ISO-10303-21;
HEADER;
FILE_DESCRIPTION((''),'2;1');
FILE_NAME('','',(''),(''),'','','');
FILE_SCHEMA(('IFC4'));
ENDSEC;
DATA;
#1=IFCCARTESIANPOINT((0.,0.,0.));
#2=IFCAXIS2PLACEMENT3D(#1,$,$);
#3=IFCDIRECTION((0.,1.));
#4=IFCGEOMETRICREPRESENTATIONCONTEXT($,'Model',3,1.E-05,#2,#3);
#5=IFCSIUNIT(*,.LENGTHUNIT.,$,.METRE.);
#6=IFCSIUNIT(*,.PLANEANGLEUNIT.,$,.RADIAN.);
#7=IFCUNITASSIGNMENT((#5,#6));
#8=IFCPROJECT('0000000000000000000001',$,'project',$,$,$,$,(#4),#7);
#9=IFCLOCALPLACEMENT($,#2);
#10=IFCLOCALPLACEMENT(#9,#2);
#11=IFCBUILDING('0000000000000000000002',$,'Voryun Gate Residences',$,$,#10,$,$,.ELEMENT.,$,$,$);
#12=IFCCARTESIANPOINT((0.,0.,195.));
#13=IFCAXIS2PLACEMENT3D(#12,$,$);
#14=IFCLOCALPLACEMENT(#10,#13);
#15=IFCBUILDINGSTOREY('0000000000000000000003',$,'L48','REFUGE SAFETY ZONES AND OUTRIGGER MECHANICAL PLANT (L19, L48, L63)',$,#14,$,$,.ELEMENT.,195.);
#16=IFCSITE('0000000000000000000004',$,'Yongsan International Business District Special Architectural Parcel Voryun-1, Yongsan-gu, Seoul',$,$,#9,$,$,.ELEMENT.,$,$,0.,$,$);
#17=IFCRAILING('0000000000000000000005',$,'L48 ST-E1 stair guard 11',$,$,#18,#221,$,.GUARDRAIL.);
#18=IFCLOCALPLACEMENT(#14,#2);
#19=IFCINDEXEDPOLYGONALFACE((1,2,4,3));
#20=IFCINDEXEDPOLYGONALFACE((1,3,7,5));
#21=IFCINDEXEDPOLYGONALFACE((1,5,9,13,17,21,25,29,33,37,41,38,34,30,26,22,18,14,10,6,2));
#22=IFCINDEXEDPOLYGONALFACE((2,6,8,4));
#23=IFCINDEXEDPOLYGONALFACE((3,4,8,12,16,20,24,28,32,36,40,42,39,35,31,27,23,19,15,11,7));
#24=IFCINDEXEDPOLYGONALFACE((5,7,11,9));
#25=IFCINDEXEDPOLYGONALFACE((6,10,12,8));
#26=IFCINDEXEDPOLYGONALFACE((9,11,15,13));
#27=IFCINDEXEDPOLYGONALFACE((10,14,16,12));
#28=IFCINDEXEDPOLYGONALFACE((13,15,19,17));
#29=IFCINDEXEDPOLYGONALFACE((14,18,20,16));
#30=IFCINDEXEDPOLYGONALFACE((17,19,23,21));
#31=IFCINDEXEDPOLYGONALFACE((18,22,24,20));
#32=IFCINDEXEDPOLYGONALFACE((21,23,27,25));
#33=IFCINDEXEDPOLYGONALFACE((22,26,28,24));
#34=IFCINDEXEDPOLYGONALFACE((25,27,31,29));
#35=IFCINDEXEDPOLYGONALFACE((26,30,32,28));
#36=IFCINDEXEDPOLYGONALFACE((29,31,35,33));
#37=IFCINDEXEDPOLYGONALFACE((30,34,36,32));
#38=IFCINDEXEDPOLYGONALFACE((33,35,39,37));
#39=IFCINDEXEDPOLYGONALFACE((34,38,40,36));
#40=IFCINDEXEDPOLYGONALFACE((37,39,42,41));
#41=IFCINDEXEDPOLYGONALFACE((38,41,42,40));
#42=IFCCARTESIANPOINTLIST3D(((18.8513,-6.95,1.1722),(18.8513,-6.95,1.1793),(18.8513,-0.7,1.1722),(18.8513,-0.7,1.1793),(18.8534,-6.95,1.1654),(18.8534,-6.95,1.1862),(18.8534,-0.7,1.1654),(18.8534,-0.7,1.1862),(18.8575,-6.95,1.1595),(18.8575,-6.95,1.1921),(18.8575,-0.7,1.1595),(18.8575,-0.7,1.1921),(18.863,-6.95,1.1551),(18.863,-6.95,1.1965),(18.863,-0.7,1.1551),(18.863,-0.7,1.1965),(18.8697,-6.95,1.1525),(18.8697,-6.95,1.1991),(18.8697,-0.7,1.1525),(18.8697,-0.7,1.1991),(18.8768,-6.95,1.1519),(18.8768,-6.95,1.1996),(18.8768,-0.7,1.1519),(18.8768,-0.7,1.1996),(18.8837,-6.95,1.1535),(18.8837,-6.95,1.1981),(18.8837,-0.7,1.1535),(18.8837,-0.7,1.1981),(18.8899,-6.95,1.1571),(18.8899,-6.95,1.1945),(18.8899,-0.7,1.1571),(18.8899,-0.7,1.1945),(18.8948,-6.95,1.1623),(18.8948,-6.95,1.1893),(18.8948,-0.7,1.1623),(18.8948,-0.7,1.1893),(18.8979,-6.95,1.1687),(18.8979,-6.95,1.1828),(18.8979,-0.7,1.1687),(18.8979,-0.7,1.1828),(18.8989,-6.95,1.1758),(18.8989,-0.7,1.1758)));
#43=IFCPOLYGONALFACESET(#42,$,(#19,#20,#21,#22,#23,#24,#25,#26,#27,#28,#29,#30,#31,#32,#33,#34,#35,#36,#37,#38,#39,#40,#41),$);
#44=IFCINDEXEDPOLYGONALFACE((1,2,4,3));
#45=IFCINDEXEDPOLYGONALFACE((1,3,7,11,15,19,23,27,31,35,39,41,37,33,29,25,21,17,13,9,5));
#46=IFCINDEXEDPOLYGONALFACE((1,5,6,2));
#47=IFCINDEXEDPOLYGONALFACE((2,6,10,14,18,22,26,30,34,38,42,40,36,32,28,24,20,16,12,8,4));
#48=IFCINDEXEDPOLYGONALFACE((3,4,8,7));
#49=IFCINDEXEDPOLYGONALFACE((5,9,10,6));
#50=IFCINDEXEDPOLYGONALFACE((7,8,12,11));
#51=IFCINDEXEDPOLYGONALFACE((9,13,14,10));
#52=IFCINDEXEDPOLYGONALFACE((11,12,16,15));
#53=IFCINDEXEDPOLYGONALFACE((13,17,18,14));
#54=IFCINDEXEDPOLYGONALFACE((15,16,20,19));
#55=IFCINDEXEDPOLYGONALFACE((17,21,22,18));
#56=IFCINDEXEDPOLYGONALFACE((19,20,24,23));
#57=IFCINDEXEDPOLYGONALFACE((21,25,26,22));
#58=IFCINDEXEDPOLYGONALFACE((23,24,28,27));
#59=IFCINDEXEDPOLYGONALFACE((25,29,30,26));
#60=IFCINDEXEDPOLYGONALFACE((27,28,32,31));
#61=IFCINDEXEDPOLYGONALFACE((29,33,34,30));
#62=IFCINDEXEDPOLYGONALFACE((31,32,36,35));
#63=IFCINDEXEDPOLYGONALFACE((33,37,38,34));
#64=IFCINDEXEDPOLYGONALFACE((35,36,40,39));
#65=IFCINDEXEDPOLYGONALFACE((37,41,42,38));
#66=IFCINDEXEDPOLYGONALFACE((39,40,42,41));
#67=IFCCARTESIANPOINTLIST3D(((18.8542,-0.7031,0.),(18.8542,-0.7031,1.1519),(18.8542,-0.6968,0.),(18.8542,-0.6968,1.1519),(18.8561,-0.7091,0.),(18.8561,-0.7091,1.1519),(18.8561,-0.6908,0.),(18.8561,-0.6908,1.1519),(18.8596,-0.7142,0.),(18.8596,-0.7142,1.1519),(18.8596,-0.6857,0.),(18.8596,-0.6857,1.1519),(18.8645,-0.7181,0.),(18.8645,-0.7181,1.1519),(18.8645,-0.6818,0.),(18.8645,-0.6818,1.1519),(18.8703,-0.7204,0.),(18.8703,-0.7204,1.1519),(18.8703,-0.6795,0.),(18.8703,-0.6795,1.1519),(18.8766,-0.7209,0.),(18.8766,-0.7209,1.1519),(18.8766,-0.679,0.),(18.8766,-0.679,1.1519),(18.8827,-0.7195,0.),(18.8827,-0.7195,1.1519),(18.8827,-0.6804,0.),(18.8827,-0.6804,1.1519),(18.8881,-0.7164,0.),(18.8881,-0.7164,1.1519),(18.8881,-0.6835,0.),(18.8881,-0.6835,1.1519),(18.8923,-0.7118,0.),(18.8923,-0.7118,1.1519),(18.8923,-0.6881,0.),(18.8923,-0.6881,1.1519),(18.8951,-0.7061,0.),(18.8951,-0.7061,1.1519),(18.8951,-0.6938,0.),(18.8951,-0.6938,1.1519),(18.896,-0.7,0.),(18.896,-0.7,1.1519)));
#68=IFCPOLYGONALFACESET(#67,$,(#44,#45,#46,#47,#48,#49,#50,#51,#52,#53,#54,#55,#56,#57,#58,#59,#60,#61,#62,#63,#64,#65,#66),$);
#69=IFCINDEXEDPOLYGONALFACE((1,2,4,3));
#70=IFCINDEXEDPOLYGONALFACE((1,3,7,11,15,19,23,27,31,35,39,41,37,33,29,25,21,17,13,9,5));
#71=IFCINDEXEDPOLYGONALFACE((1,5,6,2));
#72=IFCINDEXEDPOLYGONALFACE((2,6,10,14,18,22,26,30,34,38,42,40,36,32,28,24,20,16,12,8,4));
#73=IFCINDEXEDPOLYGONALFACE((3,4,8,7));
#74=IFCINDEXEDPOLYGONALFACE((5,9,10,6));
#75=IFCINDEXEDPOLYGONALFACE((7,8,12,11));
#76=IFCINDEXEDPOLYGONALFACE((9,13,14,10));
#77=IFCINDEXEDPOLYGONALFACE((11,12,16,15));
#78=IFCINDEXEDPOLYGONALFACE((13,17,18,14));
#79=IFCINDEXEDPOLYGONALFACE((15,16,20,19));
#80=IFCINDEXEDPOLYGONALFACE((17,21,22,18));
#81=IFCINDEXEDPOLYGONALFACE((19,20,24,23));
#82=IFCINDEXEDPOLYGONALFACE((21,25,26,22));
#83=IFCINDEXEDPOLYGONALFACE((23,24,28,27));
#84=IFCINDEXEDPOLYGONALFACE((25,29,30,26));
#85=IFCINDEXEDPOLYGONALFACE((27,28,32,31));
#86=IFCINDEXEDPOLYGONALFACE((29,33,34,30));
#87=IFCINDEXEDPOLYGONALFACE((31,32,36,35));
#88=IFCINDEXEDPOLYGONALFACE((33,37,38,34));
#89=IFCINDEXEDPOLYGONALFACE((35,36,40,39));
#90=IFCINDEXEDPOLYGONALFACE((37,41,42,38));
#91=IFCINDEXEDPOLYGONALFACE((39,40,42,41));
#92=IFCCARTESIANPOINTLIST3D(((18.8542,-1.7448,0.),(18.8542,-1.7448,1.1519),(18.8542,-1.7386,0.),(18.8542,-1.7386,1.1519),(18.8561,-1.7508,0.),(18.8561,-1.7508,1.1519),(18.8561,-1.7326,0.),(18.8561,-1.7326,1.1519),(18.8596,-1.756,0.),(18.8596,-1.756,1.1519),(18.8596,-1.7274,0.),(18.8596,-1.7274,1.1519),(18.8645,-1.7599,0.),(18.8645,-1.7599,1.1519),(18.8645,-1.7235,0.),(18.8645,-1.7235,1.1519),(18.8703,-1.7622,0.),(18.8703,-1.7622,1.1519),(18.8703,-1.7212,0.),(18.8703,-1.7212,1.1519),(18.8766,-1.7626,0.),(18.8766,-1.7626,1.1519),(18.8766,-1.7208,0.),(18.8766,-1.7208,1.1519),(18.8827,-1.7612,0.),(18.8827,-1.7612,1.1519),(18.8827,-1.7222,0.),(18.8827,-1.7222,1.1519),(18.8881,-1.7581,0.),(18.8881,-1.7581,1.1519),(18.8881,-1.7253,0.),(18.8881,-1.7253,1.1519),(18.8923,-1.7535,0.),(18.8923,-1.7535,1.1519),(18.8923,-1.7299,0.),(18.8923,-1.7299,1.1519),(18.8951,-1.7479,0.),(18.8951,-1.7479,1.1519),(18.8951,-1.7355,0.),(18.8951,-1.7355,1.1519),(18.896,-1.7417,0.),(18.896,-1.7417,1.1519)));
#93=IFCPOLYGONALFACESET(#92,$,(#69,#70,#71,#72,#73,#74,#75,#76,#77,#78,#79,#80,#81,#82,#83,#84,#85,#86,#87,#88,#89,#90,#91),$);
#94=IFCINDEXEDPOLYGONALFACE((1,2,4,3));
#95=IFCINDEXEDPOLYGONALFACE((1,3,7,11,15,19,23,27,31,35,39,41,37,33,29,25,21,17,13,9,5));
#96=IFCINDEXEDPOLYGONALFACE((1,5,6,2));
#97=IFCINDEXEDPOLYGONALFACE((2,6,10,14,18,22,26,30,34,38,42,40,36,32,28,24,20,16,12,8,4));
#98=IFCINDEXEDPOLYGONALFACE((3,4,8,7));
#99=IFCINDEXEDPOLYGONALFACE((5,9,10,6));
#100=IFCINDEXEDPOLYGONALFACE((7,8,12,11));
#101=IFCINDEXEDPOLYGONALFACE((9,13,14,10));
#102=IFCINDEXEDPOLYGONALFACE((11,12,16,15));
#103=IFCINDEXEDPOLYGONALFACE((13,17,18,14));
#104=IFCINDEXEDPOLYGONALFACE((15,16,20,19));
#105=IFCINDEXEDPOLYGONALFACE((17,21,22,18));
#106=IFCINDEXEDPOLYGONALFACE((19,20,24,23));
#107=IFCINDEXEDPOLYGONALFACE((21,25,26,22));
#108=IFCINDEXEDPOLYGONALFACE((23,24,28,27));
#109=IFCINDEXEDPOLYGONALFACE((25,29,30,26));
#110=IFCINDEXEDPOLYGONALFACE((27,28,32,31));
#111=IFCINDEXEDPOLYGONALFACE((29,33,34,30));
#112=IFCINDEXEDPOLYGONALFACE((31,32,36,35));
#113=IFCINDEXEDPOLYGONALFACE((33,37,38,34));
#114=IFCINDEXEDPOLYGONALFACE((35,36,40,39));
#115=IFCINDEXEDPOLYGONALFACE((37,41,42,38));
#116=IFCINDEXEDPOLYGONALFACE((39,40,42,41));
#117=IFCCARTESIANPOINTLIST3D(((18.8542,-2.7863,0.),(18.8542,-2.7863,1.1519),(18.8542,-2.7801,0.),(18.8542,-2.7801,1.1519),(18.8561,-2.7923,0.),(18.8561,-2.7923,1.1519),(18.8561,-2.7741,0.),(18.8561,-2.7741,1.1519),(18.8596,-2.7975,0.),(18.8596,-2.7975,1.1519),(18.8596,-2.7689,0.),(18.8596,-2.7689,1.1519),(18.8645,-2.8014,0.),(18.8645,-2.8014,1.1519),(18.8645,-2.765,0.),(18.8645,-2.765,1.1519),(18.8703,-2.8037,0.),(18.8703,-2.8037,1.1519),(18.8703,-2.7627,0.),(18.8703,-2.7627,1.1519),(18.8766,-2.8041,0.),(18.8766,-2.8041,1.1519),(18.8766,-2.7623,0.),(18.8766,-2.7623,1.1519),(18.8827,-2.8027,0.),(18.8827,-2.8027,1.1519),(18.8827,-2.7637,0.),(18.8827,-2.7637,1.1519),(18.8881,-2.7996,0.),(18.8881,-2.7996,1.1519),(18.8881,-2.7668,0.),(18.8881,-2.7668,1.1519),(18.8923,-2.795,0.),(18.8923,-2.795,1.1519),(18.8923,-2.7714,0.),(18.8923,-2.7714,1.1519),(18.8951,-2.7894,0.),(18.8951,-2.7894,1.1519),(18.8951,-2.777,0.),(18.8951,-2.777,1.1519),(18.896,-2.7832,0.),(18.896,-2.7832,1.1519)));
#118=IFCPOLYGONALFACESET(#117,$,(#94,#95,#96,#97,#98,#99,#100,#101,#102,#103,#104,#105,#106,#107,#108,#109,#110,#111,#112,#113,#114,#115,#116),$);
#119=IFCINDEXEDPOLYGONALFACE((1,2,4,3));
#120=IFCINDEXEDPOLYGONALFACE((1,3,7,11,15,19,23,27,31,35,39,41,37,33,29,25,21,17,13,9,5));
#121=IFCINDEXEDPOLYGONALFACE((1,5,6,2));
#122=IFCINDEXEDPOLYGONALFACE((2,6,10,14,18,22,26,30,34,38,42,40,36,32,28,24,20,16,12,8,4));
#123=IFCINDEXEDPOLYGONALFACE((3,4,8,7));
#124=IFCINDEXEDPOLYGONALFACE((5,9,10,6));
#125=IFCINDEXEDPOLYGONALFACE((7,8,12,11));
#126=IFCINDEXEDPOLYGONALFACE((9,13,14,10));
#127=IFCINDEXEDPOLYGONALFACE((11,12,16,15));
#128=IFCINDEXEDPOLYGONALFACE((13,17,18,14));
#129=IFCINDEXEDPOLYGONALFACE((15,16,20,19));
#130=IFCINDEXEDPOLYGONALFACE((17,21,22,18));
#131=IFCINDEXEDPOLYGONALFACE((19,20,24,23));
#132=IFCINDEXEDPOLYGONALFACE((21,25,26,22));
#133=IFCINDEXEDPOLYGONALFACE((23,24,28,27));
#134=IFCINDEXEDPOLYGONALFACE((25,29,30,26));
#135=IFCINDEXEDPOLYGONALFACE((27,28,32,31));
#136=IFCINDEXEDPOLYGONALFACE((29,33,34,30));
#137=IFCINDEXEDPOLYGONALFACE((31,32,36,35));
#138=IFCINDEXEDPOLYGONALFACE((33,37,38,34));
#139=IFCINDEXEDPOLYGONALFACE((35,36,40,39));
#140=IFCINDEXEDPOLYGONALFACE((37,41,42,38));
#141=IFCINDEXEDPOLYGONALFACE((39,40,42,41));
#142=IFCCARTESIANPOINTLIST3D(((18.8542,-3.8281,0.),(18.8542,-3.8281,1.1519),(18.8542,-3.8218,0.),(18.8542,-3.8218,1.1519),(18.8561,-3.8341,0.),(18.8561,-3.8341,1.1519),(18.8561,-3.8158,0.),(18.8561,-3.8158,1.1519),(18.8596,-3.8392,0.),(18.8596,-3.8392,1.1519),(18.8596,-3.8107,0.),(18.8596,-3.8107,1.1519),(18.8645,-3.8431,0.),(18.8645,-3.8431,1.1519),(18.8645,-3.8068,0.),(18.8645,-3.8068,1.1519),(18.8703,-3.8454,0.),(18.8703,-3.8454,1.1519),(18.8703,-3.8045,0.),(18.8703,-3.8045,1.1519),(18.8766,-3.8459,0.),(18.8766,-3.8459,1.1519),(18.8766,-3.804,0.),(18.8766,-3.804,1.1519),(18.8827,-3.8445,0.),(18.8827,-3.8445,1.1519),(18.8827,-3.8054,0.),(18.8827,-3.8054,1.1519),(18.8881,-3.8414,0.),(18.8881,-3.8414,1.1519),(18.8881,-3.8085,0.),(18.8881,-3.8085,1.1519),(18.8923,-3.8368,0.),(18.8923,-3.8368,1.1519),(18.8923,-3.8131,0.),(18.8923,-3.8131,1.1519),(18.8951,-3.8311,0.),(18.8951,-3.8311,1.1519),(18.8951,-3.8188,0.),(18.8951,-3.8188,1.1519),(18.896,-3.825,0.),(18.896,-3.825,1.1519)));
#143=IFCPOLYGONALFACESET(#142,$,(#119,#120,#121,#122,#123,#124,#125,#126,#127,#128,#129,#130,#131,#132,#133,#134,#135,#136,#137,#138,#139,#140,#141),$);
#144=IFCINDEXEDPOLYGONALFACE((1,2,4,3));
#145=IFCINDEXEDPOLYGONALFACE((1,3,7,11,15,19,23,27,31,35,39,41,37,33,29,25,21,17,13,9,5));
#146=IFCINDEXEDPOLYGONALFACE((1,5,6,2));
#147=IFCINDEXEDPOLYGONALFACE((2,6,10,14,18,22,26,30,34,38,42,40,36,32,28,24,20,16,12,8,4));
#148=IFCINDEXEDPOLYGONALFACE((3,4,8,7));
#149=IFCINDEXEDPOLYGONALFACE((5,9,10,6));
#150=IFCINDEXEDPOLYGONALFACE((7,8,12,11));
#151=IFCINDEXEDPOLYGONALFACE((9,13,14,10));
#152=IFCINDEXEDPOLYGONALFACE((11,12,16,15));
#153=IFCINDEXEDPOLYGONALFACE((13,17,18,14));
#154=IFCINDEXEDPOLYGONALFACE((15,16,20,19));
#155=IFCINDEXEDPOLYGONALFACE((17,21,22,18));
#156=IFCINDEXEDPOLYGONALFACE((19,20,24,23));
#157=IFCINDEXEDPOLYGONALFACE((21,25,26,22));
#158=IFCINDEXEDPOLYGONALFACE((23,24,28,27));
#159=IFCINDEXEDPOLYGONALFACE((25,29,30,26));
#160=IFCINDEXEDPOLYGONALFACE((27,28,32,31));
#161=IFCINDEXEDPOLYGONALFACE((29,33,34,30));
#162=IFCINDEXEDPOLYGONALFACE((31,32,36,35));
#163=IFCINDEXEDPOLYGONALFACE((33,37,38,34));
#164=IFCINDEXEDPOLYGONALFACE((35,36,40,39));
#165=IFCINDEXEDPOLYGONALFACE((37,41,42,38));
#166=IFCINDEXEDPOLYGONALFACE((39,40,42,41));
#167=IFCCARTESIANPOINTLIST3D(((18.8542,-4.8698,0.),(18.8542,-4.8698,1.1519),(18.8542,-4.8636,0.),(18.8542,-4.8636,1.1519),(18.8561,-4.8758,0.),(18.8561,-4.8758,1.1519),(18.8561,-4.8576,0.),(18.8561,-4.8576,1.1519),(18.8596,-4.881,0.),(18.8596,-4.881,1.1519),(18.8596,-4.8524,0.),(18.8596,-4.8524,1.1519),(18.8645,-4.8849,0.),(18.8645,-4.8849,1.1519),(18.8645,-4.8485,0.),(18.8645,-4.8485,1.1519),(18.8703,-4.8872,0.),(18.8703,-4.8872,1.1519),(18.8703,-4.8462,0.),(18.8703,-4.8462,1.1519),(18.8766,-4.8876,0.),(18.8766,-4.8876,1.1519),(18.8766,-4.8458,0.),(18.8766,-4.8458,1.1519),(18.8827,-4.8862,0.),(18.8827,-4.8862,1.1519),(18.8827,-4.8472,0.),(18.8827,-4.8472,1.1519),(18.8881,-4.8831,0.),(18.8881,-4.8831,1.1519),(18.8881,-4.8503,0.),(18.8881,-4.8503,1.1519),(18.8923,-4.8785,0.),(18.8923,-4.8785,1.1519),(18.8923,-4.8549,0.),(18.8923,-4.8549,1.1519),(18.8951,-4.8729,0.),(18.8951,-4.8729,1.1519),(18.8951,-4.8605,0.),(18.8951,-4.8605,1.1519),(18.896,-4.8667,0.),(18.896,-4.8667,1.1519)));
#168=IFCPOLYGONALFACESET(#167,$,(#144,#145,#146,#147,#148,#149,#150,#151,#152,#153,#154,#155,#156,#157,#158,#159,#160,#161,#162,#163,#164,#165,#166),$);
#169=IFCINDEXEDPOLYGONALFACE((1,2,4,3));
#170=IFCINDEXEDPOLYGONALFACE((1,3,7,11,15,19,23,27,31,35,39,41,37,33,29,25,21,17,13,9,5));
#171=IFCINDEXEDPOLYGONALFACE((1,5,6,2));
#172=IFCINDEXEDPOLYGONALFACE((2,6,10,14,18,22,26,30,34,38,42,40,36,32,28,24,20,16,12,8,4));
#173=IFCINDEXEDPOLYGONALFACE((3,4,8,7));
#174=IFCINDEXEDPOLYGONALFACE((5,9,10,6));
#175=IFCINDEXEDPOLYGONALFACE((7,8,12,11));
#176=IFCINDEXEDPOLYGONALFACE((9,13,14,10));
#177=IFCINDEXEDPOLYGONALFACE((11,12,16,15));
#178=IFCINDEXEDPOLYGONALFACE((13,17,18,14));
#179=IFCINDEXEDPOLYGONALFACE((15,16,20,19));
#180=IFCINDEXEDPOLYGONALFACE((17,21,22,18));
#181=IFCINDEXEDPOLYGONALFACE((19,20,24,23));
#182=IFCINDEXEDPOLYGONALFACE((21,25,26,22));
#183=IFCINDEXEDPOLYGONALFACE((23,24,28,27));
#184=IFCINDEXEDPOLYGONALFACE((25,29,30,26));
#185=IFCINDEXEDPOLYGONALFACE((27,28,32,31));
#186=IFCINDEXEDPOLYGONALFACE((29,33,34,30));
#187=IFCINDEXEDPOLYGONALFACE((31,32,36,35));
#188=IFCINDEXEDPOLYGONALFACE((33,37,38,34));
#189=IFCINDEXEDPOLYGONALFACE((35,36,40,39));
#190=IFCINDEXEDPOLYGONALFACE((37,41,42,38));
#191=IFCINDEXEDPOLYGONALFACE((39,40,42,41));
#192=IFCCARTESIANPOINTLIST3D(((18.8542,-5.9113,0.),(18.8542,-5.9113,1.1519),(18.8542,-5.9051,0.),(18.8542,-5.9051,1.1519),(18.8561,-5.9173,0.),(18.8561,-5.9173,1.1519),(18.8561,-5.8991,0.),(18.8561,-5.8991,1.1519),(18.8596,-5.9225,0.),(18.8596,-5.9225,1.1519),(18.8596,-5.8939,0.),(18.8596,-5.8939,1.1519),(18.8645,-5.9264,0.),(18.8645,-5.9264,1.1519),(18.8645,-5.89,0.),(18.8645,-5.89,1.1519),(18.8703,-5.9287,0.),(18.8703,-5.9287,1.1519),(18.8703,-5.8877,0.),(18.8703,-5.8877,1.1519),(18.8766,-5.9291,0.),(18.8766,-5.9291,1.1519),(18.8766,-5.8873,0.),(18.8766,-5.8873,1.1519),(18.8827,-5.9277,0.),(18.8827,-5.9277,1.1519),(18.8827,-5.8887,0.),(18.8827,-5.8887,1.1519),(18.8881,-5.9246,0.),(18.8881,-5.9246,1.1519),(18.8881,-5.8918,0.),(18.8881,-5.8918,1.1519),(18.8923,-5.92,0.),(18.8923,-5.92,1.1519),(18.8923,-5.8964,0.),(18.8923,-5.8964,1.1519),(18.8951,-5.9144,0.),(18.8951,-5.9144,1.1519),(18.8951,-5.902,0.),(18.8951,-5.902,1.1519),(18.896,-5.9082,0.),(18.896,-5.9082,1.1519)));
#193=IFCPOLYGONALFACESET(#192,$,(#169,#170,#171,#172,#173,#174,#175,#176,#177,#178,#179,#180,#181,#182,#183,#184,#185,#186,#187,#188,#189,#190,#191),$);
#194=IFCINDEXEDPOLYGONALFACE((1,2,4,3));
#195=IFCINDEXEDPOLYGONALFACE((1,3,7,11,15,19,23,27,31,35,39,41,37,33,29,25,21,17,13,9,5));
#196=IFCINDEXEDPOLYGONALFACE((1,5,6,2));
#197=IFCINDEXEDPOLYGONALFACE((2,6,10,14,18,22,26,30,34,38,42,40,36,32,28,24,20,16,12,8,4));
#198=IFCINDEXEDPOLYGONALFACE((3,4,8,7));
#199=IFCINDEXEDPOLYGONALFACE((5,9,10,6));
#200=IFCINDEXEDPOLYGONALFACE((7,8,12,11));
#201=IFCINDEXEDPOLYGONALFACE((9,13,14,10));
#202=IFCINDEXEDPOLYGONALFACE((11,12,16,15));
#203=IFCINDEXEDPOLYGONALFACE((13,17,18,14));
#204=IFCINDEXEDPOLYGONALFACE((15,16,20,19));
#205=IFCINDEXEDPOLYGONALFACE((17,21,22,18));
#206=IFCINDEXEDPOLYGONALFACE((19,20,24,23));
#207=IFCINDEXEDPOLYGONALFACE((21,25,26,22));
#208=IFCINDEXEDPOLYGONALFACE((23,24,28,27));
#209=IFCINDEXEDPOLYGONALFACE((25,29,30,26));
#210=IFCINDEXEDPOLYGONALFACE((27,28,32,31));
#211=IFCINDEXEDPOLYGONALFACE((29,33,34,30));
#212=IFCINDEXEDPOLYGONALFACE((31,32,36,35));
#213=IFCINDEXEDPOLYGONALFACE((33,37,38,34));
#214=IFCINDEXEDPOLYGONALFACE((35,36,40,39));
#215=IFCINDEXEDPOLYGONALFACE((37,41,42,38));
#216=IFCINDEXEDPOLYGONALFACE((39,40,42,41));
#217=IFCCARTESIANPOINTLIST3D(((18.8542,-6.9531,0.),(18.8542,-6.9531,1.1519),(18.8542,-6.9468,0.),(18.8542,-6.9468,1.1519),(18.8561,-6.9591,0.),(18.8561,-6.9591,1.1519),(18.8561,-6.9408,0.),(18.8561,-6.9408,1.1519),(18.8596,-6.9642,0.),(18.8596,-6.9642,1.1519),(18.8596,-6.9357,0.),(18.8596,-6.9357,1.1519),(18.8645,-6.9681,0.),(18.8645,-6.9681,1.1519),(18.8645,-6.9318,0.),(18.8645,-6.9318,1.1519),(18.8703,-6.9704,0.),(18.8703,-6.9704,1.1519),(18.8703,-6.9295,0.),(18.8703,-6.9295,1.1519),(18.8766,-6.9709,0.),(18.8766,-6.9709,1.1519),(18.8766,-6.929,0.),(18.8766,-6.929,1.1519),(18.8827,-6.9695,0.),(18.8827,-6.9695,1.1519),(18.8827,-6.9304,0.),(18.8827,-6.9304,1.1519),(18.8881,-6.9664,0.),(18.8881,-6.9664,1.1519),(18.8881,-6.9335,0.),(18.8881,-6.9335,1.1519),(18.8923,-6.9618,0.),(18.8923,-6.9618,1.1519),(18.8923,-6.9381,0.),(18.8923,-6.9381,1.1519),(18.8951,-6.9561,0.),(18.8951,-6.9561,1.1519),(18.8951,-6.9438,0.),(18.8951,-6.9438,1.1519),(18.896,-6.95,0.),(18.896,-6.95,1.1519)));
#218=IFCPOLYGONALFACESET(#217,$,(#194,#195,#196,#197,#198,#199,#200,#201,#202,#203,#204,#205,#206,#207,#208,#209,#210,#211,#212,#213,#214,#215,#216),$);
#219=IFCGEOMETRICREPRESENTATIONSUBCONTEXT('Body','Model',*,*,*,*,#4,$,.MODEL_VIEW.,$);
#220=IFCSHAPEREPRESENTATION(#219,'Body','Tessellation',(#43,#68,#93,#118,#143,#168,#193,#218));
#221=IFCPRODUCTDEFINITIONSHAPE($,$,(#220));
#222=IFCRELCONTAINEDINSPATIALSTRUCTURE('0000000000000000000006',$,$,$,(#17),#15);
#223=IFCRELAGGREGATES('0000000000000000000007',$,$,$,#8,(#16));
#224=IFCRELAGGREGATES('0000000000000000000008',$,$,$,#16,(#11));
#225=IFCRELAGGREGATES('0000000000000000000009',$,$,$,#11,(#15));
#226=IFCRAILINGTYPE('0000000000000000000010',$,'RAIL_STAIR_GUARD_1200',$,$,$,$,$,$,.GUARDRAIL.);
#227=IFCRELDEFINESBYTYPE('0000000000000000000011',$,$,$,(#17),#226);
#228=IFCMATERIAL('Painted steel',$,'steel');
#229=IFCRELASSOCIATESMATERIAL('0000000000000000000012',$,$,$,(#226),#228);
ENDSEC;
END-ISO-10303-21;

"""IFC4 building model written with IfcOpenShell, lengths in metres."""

from ifc_helpers import new_model, si_unit, direction, frame, origin, origin_2d, place, context, subcontext, project, spatial, circle, extrude, material, type_object, element, save


model = new_model("IFC4")

# Units and contexts
model_context = context("Model", 3, precision=1e-05, world=origin(), true_north=direction((0.0, 1.0)))
body_context = subcontext(model_context, "Body", "Model", "MODEL_VIEW")
ifc_project = project(units=[si_unit("LENGTHUNIT", "METRE"), si_unit("PLANEANGLEUNIT", "RADIAN")], contexts=[model_context])

# Site, building, storey
site_placement = place(None, origin())
site = spatial("IfcSite", under=ifc_project, at=site_placement, Name="Yongsan International Business District Special Architectural Parcel Voryun-1, Yongsan-gu, Seoul", CompositionType="ELEMENT", RefElevation=0.0)
building_placement = place(site_placement, origin())
building = spatial("IfcBuilding", under=site, at=building_placement, Name="Voryun Gate Residences", CompositionType="ELEMENT")
storey_placement = place(building_placement, frame((0.0, 0.0, 195.0)))
storey = spatial("IfcBuildingStorey", under=building, at=storey_placement, Name="L48", Description="REFUGE SAFETY ZONES AND OUTRIGGER MECHANICAL PLANT (L19, L48, L63)", CompositionType="ELEMENT", Elevation=195.0)

# Railing
ifc_material_1 = material(Name="Painted steel", Category="steel")
railing_type_1 = type_object("IfcRailingType", Name="RAIL_STAIR_GUARD_1200", PredefinedType="GUARDRAIL", material=ifc_material_1)
railing_1_placement = place(storey_placement, frame((18.875, -0.7, 0.0)))
element("IfcRailing", 1, at=railing_1_placement, inside=storey, type_object=railing_type_1, Name="L48 ST-E1 stair guard 11", PredefinedType="GUARDRAIL", context=body_context, shape_type="SweptSolid", body=[
    extrude(circle(Radius=0.0239, at=origin_2d()), frame((0.0, 0.0, 1.1758), z_axis=(0.0, -1.0, 0.0), x_axis=(1.0, 0.0, 0.0)), (0.0, 0.0, 1.0), 6.25),
    extrude(circle(Radius=0.021, at=origin_2d()), origin(), (0.0, 0.0, 1.0), 1.1519),
    extrude(circle(Radius=0.021, at=origin_2d()), frame((0.0, -1.0417, 0.0)), (0.0, 0.0, 1.0), 1.1519),
    extrude(circle(Radius=0.021, at=origin_2d()), frame((0.0, -2.0833, 0.0)), (0.0, 0.0, 1.0), 1.1519),
    extrude(circle(Radius=0.021, at=origin_2d()), frame((0.0, -3.125, 0.0)), (0.0, 0.0, 1.0), 1.1519),
    extrude(circle(Radius=0.021, at=origin_2d()), frame((0.0, -4.1667, 0.0)), (0.0, 0.0, 1.0), 1.1519),
    extrude(circle(Radius=0.021, at=origin_2d()), frame((0.0, -5.2083, 0.0)), (0.0, 0.0, 1.0), 1.1519),
    extrude(circle(Radius=0.021, at=origin_2d()), frame((0.0, -6.25, 0.0)), (0.0, 0.0, 1.0), 1.1519),
])

save(model, "model.ifc")
